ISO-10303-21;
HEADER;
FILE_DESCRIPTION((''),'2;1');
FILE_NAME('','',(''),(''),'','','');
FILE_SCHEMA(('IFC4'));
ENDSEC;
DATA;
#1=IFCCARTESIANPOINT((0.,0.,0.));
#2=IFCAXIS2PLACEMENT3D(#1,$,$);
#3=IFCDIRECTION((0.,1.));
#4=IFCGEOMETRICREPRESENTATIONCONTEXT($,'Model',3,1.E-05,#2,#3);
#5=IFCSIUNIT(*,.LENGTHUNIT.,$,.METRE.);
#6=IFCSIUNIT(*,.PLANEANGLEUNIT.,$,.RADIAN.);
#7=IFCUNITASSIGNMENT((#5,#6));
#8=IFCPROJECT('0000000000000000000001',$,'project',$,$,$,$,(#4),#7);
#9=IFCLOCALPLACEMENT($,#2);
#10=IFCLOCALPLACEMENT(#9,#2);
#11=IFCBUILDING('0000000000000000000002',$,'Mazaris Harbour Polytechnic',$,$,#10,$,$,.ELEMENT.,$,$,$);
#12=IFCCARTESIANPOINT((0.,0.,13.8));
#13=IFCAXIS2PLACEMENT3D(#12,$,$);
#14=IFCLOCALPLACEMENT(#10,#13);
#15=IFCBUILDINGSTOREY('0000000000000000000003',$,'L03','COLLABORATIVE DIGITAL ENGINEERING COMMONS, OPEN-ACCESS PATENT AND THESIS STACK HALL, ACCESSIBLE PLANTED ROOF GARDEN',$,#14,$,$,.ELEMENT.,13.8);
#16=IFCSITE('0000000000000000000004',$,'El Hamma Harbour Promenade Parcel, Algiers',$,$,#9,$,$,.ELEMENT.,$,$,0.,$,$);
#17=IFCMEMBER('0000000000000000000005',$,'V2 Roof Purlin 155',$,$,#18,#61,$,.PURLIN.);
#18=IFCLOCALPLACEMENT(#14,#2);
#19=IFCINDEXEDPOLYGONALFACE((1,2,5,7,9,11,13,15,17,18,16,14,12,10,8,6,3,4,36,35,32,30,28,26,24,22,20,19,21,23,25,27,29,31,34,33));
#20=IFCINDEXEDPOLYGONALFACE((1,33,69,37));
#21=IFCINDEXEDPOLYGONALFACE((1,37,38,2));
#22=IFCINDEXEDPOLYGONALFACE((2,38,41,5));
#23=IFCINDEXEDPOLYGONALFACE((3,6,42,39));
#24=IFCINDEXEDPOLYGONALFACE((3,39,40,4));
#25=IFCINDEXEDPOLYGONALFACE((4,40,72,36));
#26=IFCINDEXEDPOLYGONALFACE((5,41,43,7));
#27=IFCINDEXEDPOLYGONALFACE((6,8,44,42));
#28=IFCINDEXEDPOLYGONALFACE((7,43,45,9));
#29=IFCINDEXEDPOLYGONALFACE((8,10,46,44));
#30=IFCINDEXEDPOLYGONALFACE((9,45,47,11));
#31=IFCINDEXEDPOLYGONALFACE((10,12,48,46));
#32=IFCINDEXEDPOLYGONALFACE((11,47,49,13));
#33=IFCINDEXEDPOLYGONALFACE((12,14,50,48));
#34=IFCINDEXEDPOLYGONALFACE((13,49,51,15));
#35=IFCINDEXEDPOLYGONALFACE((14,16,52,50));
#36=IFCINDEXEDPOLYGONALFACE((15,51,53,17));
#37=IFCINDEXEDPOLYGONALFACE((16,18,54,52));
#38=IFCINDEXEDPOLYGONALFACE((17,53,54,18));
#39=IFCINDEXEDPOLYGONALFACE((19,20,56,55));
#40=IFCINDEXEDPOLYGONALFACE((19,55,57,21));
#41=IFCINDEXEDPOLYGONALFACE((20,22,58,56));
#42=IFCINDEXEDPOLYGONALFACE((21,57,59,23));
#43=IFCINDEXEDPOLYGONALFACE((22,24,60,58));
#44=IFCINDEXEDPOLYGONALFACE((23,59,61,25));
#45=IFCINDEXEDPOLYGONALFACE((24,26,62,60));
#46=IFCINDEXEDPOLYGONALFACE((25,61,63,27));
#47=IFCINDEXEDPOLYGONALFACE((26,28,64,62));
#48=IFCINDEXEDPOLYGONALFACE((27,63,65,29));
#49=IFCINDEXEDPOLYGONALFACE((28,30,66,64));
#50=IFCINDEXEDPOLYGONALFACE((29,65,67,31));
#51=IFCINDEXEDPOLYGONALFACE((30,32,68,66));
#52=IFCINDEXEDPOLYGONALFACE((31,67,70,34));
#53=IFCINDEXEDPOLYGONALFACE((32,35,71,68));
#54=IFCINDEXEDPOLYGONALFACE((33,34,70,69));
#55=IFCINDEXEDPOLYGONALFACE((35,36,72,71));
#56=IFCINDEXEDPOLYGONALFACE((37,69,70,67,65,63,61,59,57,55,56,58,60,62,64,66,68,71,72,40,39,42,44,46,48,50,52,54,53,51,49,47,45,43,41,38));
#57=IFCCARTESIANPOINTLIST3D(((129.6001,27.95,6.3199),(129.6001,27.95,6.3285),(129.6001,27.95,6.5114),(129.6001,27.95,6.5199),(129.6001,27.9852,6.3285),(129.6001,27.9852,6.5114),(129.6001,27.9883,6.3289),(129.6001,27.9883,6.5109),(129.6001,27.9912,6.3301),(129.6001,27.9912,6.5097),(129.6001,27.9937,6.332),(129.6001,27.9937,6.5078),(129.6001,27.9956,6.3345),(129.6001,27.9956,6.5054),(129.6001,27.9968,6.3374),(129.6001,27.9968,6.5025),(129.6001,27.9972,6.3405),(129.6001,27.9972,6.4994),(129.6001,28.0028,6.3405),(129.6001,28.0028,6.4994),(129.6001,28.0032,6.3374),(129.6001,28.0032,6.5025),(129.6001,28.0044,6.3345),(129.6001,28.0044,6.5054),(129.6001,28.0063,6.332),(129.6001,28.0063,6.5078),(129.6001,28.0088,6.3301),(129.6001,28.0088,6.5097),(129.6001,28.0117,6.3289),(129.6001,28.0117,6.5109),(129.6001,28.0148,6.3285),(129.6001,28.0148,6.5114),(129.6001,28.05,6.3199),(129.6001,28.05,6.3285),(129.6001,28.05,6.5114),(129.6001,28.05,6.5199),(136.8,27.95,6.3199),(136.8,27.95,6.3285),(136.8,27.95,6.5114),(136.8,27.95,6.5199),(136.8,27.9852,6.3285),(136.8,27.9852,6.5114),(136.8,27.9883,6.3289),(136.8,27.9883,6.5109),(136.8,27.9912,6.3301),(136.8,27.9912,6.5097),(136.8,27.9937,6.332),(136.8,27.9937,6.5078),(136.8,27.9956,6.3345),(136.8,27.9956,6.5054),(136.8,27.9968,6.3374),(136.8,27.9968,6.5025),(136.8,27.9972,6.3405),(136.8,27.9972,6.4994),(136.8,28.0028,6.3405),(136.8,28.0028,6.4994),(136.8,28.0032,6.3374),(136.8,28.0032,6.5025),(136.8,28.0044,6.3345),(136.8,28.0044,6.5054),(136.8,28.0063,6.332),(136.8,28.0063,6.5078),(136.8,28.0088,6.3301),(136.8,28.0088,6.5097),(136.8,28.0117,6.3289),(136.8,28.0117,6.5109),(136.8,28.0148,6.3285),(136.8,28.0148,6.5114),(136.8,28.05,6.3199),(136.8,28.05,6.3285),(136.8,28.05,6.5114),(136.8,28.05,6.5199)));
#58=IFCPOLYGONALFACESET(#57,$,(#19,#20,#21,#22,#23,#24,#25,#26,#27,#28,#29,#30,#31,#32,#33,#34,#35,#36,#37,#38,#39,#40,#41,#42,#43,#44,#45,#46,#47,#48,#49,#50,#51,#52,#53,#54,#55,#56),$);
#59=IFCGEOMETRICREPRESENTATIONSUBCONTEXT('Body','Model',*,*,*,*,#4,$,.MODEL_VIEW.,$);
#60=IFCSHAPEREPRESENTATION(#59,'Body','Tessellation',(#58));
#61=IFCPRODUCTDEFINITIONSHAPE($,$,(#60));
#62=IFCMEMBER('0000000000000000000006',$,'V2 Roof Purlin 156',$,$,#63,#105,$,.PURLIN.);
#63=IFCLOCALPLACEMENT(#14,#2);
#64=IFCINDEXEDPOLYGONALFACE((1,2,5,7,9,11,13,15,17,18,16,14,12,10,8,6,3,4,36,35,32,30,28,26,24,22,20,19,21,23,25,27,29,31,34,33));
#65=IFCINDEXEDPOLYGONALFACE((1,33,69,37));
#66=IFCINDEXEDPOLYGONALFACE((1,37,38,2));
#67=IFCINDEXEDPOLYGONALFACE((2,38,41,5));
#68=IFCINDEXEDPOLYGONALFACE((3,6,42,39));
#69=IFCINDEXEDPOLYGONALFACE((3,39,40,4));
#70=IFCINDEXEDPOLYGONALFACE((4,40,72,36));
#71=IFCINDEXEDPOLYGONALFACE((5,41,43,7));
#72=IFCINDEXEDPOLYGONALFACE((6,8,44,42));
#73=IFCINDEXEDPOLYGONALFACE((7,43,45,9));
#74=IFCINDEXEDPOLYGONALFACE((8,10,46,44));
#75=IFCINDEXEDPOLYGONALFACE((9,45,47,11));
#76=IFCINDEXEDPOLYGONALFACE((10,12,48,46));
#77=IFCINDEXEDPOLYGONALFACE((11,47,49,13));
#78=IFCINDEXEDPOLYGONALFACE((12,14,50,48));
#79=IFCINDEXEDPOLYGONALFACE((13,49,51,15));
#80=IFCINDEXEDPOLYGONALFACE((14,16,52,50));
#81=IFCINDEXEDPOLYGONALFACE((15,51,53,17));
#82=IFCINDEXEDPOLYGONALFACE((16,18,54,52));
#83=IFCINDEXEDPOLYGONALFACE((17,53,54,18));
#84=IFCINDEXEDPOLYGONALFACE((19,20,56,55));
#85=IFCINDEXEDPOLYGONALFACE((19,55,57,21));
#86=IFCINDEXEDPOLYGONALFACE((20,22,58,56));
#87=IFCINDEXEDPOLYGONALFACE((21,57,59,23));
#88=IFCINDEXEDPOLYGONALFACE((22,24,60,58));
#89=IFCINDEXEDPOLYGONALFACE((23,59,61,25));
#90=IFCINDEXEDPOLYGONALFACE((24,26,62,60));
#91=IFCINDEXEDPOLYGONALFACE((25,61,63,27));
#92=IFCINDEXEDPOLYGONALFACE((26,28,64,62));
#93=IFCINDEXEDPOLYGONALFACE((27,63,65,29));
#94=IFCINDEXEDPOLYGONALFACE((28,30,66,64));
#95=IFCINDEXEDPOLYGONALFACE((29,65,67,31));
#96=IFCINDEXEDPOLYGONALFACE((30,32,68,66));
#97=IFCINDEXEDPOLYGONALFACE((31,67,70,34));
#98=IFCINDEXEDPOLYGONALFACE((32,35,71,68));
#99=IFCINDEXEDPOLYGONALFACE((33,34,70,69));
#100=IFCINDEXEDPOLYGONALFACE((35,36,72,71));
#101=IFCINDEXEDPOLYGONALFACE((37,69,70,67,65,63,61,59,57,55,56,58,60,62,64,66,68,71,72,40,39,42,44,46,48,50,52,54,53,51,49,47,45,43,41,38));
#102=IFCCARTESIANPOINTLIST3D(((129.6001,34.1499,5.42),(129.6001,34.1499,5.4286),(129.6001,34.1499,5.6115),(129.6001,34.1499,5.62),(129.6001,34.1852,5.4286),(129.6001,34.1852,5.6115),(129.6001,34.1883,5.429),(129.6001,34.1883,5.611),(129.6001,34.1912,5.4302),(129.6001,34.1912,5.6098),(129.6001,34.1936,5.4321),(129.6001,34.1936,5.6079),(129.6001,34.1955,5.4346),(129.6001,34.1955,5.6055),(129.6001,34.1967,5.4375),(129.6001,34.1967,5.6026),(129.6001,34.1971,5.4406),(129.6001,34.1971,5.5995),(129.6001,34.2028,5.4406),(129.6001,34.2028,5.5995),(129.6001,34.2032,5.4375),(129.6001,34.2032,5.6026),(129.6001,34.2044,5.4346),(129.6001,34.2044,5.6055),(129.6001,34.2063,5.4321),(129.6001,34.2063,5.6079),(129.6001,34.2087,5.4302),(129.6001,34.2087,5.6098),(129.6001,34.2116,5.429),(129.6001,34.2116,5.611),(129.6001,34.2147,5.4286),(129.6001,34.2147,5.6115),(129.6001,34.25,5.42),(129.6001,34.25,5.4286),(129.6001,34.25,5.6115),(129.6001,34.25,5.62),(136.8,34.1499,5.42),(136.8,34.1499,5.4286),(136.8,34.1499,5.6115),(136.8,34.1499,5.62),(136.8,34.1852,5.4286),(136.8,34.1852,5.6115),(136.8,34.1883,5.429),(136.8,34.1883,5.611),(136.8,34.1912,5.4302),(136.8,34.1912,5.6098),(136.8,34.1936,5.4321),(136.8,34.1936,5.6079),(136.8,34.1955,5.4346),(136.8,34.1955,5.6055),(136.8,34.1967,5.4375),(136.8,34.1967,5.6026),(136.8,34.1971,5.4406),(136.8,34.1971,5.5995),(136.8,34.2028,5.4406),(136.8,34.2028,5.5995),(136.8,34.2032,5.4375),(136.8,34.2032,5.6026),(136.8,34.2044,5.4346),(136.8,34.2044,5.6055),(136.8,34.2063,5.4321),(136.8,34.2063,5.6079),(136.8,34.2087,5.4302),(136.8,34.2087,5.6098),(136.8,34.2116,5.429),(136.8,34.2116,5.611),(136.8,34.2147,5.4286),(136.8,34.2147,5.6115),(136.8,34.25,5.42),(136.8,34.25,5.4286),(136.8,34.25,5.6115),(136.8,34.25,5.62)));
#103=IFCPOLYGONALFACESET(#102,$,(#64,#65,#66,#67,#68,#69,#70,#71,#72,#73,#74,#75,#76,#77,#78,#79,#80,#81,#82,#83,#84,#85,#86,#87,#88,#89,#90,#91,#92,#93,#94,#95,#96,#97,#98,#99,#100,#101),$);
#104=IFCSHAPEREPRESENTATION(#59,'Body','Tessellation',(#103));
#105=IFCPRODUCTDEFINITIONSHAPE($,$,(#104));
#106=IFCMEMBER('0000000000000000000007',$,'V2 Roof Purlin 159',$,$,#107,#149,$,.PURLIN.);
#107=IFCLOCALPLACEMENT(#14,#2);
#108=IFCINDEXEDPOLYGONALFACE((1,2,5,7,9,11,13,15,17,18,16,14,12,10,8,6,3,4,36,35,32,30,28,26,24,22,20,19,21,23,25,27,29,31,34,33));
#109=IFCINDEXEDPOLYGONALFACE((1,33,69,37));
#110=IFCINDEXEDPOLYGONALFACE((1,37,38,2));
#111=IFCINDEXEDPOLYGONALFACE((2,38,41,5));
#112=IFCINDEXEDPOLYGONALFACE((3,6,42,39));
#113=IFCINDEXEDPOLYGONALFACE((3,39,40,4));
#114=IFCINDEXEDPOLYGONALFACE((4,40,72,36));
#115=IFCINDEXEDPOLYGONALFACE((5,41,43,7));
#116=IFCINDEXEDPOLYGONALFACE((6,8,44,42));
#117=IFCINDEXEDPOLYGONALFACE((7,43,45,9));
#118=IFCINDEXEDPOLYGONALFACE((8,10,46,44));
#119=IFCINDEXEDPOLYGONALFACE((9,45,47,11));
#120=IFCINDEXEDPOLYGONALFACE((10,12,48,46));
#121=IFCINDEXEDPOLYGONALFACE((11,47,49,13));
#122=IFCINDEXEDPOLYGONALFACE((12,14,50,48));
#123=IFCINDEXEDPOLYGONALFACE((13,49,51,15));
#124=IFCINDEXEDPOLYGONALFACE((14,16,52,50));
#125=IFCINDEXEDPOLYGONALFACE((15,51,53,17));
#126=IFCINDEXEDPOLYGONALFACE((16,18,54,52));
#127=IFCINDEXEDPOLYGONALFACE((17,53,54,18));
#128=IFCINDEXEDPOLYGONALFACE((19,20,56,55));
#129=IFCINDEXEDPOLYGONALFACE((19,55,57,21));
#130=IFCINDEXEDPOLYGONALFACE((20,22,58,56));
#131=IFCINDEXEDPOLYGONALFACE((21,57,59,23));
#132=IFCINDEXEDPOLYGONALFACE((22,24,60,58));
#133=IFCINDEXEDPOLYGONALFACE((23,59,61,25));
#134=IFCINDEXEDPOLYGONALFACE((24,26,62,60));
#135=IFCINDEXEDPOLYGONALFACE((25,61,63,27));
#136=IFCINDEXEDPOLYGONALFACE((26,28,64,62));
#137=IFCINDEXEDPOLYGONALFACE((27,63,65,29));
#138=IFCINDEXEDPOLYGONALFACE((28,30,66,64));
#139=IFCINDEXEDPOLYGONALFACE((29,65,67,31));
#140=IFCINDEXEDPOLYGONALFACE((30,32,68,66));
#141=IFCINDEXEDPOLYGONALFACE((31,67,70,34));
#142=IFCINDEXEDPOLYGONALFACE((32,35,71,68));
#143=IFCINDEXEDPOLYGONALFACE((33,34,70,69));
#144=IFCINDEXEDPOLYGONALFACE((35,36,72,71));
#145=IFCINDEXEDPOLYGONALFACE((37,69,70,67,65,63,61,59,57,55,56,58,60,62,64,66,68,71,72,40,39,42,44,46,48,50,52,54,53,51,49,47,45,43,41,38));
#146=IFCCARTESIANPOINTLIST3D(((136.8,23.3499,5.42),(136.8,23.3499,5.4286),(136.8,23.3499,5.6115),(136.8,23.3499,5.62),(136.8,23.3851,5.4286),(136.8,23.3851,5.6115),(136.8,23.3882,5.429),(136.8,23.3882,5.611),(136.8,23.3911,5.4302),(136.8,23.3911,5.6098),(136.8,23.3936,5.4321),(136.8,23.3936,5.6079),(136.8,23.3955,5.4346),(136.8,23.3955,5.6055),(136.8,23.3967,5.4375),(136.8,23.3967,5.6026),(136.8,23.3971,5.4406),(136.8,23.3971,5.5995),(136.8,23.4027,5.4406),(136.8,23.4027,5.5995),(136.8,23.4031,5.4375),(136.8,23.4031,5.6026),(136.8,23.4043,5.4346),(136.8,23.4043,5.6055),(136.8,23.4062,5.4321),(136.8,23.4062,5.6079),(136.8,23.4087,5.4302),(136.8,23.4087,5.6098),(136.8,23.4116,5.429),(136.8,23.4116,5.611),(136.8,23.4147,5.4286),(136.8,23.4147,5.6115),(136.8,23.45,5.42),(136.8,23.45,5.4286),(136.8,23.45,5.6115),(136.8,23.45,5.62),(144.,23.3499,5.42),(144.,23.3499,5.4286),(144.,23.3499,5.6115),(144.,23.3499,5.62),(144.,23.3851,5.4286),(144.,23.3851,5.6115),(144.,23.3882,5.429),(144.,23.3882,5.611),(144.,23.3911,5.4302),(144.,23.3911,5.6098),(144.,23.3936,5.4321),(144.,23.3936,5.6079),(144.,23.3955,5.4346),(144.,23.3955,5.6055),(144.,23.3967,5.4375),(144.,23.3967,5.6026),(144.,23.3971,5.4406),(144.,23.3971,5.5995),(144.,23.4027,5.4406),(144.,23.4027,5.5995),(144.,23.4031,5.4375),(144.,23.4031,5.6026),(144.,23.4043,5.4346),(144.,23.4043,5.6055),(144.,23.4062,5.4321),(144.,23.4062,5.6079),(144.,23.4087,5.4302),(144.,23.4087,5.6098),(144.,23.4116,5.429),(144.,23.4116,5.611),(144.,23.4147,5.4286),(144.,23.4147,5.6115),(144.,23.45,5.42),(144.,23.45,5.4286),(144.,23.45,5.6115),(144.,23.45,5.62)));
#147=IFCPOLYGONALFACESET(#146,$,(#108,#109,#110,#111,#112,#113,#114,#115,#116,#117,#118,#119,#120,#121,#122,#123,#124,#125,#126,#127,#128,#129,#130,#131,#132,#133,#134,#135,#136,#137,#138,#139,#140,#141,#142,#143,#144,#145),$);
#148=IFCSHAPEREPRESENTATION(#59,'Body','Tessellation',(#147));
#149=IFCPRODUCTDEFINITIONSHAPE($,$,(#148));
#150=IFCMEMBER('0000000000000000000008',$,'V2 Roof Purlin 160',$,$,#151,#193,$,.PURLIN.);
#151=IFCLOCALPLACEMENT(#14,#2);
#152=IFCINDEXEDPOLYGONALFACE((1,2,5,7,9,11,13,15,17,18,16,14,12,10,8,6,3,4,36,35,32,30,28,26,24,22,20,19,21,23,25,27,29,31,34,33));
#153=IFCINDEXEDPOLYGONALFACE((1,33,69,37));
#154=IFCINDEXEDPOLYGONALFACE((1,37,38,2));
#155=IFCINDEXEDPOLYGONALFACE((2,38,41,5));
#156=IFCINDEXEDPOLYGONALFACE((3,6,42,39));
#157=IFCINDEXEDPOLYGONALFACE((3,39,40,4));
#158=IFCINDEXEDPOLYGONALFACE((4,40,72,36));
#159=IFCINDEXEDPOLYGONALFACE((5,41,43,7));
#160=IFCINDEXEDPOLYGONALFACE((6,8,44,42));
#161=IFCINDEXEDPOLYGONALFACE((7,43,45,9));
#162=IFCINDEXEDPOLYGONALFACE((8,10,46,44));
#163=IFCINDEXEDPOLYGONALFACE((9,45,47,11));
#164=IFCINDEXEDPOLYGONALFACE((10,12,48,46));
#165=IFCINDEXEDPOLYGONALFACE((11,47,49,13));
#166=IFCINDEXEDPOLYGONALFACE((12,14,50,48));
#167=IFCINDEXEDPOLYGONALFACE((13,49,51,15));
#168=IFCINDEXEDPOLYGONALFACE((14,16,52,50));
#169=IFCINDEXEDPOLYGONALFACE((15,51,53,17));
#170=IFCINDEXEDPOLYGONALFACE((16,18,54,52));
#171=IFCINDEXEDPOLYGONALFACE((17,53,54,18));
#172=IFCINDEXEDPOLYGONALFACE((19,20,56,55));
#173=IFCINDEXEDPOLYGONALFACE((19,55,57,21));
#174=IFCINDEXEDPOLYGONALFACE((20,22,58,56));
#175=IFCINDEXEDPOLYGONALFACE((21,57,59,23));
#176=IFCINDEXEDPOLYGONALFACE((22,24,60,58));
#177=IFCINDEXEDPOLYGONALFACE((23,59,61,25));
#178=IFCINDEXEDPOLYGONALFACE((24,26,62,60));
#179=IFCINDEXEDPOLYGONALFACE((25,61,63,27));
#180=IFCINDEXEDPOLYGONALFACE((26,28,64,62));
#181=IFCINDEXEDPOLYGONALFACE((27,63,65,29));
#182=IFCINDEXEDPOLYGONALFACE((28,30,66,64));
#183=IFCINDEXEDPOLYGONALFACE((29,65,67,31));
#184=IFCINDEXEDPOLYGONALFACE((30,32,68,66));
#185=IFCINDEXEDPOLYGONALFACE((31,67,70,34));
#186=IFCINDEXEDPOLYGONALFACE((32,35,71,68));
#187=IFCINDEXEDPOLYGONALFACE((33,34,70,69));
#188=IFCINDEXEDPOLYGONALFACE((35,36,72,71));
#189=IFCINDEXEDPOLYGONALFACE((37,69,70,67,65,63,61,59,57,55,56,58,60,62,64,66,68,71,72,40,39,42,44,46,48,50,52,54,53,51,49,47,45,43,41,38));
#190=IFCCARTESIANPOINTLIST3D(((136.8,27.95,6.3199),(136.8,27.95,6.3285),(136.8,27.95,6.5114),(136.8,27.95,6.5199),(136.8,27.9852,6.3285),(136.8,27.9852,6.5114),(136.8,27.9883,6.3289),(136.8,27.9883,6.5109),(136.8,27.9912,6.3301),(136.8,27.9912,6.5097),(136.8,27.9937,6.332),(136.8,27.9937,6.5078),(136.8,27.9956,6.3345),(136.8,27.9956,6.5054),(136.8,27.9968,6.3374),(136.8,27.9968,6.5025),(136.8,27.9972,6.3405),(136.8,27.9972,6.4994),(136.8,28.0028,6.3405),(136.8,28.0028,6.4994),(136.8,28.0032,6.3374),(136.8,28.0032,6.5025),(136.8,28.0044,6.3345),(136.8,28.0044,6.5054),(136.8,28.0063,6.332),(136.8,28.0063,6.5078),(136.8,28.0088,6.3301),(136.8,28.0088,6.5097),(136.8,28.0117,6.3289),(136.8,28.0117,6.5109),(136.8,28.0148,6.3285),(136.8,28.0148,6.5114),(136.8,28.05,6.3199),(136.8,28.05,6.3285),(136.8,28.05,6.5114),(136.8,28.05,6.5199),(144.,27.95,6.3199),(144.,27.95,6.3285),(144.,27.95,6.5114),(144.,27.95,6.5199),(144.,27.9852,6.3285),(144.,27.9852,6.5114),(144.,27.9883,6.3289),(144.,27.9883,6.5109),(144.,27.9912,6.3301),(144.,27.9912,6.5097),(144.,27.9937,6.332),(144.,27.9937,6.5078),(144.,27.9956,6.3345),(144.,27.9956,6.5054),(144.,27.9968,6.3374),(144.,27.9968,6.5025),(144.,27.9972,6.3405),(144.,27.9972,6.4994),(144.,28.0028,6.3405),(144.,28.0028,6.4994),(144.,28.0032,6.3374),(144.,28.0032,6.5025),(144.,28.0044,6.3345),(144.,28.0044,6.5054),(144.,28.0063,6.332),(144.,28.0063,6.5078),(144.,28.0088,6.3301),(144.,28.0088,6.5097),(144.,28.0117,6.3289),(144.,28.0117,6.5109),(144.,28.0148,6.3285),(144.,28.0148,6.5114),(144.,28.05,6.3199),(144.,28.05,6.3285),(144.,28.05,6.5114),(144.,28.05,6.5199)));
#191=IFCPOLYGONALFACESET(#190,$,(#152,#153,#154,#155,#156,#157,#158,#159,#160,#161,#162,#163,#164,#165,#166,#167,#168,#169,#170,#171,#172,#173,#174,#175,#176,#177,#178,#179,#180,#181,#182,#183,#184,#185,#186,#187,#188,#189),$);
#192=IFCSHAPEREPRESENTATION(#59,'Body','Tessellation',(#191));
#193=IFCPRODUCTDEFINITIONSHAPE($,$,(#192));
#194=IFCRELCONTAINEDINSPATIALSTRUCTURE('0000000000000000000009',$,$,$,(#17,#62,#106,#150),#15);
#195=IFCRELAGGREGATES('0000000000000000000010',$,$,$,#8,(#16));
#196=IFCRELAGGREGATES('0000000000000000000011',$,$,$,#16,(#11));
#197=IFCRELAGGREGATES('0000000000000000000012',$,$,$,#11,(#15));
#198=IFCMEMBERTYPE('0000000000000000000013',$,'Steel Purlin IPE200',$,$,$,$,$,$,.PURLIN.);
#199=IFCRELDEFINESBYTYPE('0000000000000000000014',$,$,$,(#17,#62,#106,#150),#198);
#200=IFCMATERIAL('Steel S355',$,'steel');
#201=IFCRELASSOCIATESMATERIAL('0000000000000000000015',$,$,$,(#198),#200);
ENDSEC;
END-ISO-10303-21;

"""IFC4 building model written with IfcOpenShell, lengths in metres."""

from ifc_helpers import new_model, si_unit, direction, frame, origin, origin_2d, place, context, subcontext, project, spatial, i_section, extrude, material, material_profile, profile_set, type_object, element, save


model = new_model("IFC4")

# Units and contexts
model_context = context("Model", 3, precision=1e-05, world=origin(), true_north=direction((0.0, 1.0)))
body_context = subcontext(model_context, "Body", "Model", "MODEL_VIEW")
ifc_project = project(units=[si_unit("LENGTHUNIT", "METRE"), si_unit("PLANEANGLEUNIT", "RADIAN")], contexts=[model_context])

# Site, building, storey
site_placement = place(None, origin())
site = spatial("IfcSite", under=ifc_project, at=site_placement, Name="El Hamma Harbour Promenade Parcel, Algiers", CompositionType="ELEMENT", RefElevation=0.0)
building_placement = place(site_placement, origin())
building = spatial("IfcBuilding", under=site, at=building_placement, Name="Mazaris Harbour Polytechnic", CompositionType="ELEMENT")
storey_placement = place(building_placement, frame((0.0, 0.0, 13.8)))
storey = spatial("IfcBuildingStorey", under=building, at=storey_placement, Name="L03", Description="COLLABORATIVE DIGITAL ENGINEERING COMMONS, OPEN-ACCESS PATENT AND THESIS STACK HALL, ACCESSIBLE PLANTED ROOF GARDEN", CompositionType="ELEMENT", Elevation=13.8)

# Members
ifc_material_1 = material(Name="Steel S355", Category="steel")
ifc_material_profile_1 = material_profile(ifc_material_1, i_section(OverallWidth=0.1001, OverallDepth=0.2, WebThickness=0.0056, FlangeThickness=0.0085, FilletRadius=0.012, at=origin_2d()), Name="IPE 200")
ifc_profile_set_1 = profile_set([ifc_material_profile_1], Name="Steel S355")
member_type_1 = type_object("IfcMemberType", Name="Steel Purlin IPE200", PredefinedType="PURLIN", material=ifc_profile_set_1)
for number, where, z_axis, x_axis, name in (
    (1, (129.6001, 28.0, 6.4199), (1.0, 0.0, 0.0), (0.0, 1.0, 0.0), "V2 Roof Purlin 155"),
    (2, (129.6001, 34.2, 5.52), (1.0, 0.0, 0.0), (0.0, 1.0, 0.0), "V2 Roof Purlin 156"),
    (3, (136.8, 23.3999, 5.52), (1.0, 0.0, 0.0), (0.0, 1.0, 0.0), "V2 Roof Purlin 159"),
    (4, (136.8, 28.0, 6.4199), (1.0, 0.0, 0.0), (0.0, 1.0, 0.0), "V2 Roof Purlin 160"),
):
    element("IfcMember", number, at=place(storey_placement, frame(where, z_axis=z_axis, x_axis=x_axis)), inside=storey, type_object=member_type_1, Name=name, PredefinedType="PURLIN", context=body_context, shape_type="SweptSolid", body=[
        extrude(i_section(OverallWidth=0.1001, OverallDepth=0.2, WebThickness=0.0056, FlangeThickness=0.0085, FilletRadius=0.012, at=origin_2d()), origin(), (0.0, 0.0, 1.0), 7.2),
    ])

save(model, "model.ifc")
